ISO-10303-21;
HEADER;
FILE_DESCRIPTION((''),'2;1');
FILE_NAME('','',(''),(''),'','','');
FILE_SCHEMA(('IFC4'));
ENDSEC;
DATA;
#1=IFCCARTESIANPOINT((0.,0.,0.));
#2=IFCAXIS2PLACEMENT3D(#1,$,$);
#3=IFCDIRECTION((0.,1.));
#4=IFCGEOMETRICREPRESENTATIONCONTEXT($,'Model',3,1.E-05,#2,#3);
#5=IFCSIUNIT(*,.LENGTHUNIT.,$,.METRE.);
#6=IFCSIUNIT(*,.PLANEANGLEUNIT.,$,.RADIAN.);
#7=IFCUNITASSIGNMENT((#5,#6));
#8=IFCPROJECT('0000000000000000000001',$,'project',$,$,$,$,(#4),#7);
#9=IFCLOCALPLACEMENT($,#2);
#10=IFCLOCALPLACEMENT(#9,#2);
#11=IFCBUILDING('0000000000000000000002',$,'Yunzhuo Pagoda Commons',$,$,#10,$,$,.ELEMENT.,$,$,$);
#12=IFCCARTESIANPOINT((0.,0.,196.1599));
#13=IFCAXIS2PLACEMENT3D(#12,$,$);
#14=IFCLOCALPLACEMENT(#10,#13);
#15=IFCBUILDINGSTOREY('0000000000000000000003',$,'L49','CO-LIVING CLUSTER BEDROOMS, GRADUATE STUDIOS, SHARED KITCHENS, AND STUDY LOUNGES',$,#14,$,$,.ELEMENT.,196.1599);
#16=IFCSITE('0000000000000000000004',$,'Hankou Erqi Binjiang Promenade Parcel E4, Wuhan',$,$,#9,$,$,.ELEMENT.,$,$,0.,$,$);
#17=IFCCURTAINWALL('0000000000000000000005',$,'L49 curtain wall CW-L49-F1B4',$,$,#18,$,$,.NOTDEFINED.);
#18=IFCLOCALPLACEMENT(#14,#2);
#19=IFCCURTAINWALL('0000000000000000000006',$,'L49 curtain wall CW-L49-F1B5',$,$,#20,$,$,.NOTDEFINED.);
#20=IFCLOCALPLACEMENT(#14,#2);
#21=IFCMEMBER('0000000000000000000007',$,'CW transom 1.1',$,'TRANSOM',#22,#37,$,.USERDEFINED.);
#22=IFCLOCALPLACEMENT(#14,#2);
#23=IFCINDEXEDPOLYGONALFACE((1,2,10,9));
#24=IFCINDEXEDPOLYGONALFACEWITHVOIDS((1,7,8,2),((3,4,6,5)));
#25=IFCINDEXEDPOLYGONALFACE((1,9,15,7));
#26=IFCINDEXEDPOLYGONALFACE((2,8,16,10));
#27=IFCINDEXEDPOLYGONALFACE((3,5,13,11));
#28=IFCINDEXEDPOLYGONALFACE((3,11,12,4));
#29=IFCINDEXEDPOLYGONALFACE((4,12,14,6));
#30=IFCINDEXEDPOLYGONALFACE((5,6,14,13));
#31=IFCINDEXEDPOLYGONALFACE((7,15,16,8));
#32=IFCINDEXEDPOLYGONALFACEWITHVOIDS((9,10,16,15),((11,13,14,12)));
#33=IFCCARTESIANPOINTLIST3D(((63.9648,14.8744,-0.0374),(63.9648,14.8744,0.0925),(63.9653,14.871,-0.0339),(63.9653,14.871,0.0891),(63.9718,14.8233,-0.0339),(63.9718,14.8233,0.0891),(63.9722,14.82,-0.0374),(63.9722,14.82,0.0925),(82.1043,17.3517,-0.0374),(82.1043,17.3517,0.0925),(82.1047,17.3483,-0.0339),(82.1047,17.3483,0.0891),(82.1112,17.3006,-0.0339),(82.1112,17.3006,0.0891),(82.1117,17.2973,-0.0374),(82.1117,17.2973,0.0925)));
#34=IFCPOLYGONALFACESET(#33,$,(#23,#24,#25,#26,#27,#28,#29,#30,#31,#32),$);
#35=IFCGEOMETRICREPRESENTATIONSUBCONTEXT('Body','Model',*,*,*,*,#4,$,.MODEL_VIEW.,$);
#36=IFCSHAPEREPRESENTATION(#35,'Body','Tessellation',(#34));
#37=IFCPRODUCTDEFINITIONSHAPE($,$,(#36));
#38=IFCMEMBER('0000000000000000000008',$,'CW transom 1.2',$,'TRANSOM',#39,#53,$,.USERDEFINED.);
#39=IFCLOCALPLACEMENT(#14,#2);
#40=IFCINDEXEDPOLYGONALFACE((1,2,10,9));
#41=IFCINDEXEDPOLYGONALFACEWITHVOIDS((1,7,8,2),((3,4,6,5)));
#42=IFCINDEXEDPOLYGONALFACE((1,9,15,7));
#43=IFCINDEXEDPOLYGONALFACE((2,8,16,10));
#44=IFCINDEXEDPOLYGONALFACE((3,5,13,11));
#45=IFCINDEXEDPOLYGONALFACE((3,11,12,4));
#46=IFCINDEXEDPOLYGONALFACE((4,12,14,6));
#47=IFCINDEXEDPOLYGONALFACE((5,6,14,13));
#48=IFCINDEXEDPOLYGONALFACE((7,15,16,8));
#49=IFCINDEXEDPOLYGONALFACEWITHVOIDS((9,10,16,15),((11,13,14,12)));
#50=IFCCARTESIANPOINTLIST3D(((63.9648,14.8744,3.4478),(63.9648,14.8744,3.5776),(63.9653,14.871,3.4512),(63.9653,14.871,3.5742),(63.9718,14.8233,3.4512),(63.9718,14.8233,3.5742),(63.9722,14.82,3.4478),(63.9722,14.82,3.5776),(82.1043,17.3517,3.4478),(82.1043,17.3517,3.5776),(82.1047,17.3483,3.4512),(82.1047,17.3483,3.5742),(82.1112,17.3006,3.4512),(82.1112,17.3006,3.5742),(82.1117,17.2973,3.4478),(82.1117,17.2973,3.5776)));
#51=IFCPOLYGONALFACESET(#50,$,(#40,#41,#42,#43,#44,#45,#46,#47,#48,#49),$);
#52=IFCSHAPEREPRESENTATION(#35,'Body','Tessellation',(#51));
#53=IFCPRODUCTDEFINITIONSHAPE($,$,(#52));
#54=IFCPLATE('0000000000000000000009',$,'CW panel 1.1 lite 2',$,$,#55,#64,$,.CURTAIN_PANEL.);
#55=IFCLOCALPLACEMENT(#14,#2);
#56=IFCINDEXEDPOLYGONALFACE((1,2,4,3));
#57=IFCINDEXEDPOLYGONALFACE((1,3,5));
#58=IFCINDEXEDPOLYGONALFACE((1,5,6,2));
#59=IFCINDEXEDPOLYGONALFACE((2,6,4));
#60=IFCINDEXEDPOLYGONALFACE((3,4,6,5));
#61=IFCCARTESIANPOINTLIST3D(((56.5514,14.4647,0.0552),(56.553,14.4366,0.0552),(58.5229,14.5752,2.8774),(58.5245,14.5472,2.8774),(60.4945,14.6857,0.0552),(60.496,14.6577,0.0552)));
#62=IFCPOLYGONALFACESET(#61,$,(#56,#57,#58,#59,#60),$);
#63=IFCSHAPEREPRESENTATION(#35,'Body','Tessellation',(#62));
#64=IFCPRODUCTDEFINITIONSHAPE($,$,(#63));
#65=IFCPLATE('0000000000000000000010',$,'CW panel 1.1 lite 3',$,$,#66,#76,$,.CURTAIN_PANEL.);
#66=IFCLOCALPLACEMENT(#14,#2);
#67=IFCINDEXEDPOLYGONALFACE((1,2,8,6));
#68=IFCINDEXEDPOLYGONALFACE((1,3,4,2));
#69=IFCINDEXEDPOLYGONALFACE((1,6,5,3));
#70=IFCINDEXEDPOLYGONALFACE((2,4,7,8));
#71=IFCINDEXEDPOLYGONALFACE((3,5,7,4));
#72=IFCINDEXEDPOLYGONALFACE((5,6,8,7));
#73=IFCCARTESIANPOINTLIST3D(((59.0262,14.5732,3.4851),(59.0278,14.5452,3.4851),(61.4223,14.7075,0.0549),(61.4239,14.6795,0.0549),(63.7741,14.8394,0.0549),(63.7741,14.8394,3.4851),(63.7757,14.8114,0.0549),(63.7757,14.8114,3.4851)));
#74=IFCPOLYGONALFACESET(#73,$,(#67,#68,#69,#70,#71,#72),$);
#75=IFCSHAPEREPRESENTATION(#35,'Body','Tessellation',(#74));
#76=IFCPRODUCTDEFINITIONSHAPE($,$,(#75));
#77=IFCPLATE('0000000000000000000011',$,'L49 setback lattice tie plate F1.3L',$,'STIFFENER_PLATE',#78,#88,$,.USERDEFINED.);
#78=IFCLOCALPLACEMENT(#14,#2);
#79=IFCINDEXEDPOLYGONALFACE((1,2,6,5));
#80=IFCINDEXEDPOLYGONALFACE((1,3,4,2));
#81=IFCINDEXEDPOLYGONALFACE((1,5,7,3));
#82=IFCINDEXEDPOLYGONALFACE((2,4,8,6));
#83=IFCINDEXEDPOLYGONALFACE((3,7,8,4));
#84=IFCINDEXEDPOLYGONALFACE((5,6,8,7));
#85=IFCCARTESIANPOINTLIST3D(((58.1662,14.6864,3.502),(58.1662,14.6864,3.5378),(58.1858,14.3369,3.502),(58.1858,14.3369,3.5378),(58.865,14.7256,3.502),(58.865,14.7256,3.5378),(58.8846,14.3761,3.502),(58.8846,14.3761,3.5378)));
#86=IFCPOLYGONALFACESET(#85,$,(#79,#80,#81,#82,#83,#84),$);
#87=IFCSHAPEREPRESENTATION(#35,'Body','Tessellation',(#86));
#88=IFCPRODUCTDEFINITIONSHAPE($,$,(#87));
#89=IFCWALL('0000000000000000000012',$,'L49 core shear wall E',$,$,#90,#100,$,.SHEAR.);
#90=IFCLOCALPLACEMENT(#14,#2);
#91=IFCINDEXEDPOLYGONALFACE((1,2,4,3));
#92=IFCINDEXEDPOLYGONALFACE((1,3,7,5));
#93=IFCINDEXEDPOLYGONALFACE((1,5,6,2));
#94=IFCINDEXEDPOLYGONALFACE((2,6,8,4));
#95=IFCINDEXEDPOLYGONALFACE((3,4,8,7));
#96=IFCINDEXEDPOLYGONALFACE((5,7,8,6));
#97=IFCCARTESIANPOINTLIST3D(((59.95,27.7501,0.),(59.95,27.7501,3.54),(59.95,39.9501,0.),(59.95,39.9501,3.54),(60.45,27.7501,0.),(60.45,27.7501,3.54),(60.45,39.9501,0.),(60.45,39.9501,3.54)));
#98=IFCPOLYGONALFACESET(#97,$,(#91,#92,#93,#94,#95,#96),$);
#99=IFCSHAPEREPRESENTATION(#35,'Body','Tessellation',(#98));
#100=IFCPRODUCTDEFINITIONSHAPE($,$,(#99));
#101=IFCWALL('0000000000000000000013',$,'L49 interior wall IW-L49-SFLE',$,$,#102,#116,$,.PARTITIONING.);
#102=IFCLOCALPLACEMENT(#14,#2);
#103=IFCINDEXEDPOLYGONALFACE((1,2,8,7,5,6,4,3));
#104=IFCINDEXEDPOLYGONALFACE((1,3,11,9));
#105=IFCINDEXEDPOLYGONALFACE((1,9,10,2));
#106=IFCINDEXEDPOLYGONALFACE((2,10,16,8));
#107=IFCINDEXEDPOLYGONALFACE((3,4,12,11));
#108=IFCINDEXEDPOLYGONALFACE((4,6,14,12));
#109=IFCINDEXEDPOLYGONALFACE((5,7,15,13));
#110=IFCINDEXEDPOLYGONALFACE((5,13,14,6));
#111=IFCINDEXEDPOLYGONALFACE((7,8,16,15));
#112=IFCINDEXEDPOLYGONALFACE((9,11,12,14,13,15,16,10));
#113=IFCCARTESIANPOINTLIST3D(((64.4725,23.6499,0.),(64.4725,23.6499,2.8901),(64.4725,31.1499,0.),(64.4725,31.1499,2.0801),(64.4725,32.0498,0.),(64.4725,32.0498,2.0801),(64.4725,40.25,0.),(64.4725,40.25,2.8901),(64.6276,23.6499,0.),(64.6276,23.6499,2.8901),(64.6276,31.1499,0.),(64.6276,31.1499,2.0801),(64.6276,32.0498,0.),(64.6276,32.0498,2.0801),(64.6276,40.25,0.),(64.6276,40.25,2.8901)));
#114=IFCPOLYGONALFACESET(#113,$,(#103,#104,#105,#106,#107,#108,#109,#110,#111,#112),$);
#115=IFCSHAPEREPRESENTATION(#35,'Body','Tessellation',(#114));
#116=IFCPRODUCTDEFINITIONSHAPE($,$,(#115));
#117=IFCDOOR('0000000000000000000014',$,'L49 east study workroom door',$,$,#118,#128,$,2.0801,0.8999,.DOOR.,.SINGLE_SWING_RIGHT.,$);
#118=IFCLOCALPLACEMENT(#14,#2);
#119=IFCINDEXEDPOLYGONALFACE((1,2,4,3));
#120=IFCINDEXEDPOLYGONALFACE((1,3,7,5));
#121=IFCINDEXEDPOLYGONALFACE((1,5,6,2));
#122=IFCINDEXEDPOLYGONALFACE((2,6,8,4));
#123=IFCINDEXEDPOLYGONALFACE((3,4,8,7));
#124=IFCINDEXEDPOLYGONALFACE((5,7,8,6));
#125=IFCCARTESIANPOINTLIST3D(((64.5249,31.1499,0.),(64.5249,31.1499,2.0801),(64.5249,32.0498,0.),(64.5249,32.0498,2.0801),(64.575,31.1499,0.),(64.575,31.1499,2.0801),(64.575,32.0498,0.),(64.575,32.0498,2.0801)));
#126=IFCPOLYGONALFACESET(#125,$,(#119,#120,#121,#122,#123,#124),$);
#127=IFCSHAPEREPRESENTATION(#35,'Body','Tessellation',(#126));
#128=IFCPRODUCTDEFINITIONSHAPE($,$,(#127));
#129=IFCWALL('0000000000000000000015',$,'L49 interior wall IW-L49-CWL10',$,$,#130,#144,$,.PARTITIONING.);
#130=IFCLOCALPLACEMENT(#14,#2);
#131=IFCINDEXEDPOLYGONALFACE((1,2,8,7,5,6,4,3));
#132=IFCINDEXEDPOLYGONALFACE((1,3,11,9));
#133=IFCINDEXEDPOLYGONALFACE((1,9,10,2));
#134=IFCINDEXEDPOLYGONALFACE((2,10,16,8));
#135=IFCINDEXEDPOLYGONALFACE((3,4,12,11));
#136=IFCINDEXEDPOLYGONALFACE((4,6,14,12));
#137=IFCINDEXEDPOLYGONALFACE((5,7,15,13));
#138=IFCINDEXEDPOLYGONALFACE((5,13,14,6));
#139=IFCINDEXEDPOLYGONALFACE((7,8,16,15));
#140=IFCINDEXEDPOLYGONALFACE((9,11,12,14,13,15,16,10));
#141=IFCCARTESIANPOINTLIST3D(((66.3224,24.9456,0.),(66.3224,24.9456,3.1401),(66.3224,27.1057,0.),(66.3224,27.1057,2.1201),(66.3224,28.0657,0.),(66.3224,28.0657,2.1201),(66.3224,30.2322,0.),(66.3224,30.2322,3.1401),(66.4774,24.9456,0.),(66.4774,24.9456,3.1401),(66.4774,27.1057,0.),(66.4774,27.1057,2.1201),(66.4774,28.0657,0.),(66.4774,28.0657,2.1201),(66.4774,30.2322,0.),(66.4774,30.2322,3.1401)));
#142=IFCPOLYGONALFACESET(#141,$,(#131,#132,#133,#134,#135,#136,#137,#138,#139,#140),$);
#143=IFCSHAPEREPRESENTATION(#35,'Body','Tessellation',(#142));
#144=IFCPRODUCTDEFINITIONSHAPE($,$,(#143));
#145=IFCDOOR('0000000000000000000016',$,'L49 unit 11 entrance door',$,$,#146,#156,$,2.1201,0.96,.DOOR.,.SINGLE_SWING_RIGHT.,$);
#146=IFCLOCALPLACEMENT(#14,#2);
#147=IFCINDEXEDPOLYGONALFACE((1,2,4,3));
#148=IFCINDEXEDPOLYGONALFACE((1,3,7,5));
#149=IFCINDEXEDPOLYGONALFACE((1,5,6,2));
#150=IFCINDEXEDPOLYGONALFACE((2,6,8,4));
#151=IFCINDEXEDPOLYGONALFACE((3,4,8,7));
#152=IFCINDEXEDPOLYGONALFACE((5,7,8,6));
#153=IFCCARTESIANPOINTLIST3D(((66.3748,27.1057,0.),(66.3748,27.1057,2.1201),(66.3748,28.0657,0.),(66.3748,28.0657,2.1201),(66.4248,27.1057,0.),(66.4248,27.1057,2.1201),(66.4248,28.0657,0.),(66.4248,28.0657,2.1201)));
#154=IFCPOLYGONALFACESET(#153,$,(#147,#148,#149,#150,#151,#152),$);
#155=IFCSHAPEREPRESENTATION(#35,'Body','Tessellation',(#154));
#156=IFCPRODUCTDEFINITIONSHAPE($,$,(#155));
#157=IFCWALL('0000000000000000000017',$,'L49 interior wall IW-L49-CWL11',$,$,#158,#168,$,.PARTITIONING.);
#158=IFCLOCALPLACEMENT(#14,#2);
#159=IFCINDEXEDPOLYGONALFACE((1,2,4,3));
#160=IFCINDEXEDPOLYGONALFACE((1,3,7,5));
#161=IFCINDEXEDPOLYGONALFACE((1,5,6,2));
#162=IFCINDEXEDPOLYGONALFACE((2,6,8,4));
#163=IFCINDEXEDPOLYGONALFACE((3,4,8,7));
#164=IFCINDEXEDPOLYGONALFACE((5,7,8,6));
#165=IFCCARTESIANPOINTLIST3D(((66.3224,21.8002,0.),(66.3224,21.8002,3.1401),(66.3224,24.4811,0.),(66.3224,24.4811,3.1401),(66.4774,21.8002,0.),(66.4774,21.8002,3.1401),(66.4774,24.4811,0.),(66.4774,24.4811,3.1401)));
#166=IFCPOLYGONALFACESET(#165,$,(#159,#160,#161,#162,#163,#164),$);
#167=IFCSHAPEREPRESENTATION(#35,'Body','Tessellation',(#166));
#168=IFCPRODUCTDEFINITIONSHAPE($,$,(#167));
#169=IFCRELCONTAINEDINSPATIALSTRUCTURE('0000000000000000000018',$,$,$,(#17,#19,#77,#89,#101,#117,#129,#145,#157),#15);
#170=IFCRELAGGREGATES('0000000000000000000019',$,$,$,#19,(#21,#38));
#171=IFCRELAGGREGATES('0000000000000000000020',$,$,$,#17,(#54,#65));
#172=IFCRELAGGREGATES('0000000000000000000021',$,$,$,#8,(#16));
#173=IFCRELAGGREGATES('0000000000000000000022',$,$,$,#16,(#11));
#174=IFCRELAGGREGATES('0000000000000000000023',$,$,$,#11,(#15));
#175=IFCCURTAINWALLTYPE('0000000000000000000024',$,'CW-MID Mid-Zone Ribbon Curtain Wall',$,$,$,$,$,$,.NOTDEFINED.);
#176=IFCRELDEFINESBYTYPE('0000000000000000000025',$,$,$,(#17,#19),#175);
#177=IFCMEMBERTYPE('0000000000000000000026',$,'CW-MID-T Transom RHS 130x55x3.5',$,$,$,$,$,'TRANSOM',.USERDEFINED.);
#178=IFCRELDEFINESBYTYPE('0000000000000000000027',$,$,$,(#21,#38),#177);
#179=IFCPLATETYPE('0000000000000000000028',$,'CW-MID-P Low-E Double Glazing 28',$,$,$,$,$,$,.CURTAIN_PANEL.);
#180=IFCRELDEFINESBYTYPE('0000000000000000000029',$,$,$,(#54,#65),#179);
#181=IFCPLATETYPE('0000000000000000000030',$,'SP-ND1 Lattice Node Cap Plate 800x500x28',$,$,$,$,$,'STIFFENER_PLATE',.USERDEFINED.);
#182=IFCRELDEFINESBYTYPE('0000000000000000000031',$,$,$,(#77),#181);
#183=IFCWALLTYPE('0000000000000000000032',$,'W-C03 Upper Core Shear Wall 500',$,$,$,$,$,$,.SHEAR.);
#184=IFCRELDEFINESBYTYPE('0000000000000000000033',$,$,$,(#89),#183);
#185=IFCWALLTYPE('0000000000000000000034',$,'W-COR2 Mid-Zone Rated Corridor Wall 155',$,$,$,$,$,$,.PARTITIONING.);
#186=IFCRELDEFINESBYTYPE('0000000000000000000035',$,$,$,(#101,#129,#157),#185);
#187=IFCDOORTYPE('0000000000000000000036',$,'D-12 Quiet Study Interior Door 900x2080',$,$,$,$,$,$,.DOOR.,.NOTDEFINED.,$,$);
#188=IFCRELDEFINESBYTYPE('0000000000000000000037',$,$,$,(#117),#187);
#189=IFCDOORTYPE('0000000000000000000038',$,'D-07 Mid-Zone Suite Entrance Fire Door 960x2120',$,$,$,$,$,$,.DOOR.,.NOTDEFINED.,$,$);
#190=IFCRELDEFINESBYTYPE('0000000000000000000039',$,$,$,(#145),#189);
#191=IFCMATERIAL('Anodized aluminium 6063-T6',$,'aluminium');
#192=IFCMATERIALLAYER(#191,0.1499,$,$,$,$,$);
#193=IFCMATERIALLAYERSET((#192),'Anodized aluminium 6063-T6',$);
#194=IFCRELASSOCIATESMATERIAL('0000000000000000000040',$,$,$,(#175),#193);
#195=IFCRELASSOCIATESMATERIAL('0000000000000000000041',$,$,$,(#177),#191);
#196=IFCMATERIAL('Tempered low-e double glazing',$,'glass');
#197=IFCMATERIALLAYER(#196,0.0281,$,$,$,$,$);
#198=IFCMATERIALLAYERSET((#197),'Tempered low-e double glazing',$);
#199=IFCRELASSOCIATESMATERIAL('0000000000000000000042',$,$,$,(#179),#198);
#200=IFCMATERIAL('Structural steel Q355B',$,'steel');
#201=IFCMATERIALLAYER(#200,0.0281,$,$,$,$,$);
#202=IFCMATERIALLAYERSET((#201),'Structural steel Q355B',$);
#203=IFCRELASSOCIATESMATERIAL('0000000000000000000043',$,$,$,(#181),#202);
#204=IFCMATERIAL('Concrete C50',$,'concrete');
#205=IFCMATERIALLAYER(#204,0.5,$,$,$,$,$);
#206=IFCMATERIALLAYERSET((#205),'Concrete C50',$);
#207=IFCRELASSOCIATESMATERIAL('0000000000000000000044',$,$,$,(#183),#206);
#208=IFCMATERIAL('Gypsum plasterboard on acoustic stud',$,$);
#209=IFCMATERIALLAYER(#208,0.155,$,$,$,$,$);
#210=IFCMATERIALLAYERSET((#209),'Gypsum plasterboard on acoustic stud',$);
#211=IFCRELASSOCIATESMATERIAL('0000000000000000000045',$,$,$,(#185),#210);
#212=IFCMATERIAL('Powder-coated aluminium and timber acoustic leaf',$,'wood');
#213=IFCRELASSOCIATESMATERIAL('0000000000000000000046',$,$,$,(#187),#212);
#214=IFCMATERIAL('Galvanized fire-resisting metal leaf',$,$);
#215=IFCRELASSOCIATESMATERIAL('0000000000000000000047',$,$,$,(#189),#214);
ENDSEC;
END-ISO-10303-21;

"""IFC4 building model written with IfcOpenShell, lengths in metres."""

from ifc_helpers import new_model, si_unit, direction, frame, frame_2d, origin, origin_with_axes, origin_2d, place, context, subcontext, project, spatial, polyline, rectangle, hollow_rectangle, outline, extrude, source, transform, mapped, material, layer, layer_set, material_profile, profile_set, type_object, element, fill, aggregate, save


model = new_model("IFC4")

# Units and contexts
model_context = context("Model", 3, precision=1e-05, world=origin(), true_north=direction((0.0, 1.0)))
body_context = subcontext(model_context, "Body", "Model", "MODEL_VIEW")
ifc_project = project(units=[si_unit("LENGTHUNIT", "METRE"), si_unit("PLANEANGLEUNIT", "RADIAN")], contexts=[model_context])

# Site, building, storey
site_placement = place(None, origin())
site = spatial("IfcSite", under=ifc_project, at=site_placement, Name="Hankou Erqi Binjiang Promenade Parcel E4, Wuhan", CompositionType="ELEMENT", RefElevation=0.0)
building_placement = place(site_placement, origin())
building = spatial("IfcBuilding", under=site, at=building_placement, Name="Yunzhuo Pagoda Commons", CompositionType="ELEMENT")
storey_placement = place(building_placement, frame((0.0, 0.0, 196.1599)))
storey = spatial("IfcBuildingStorey", under=building, at=storey_placement, Name="L49", Description="CO-LIVING CLUSTER BEDROOMS, GRADUATE STUDIOS, SHARED KITCHENS, AND STUDY LOUNGES", CompositionType="ELEMENT", Elevation=196.1599)

# Shared definitions
ifc_material_1 = material(Name="Structural steel Q355B", Category="steel")

# Curtain wall
ifc_material_2 = material(Name="Anodized aluminium 6063-T6", Category="aluminium")
ifc_layer_1 = layer(ifc_material_2, 0.1499)
ifc_layer_set_1 = layer_set([ifc_layer_1], Name="Anodized aluminium 6063-T6")
curtain_wall_type = type_object("IfcCurtainWallType", Name="CW-MID Mid-Zone Ribbon Curtain Wall", PredefinedType="NOTDEFINED", material=ifc_layer_set_1)
curtain_wall_1_placement = place(storey_placement, origin())
curtain_wall_1 = element("IfcCurtainWall", 1, at=curtain_wall_1_placement, inside=storey, type_object=curtain_wall_type, Name="L49 curtain wall CW-L49-F1B4", PredefinedType="NOTDEFINED")

# Curtain wall, members
curtain_wall_2_placement = place(storey_placement, origin())
curtain_wall_2 = element("IfcCurtainWall", 2, at=curtain_wall_2_placement, inside=storey, type_object=curtain_wall_type, Name="L49 curtain wall CW-L49-F1B5", PredefinedType="NOTDEFINED")
ifc_material_profile_1 = material_profile(ifc_material_2, hollow_rectangle(XDim=0.0549, YDim=0.1299, WallThickness=0.0034, at=origin_2d()), Name="Anodized aluminium 6063-T6")
ifc_profile_set_1 = profile_set([ifc_material_profile_1], Name="Anodized aluminium 6063-T6")
member_type_1 = type_object("IfcMemberType", Name="CW-MID-T Transom RHS 130x55x3.5", ElementType="TRANSOM", PredefinedType="USERDEFINED", material=ifc_profile_set_1)
shared_shape_1 = source(origin(), body_context, "Body", "SweptSolid", [
    extrude(hollow_rectangle(XDim=0.0549, YDim=0.1299, WallThickness=0.0034, at=origin_2d()), origin(), (0.0, 0.0, 1.0), 18.3079),
])
member_1_placement = place(storey_placement, frame((63.9685, 14.8472, 0.0276), z_axis=(0.990803, 0.135314, 0.0), x_axis=(-0.135314, 0.990803, 0.0)))
member_1 = element("IfcMember", 3, at=member_1_placement, type_object=member_type_1, Name="CW transom 1.1", ObjectType="TRANSOM", PredefinedType="USERDEFINED", context=body_context, shape_type="MappedRepresentation", body=[
    mapped(shared_shape_1, transform((0.0, 0.0, 0.0), scale=1.0)),
])
member_2_placement = place(storey_placement, frame((63.9685, 14.8472, 3.5127), z_axis=(0.990803, 0.135314, 0.0), x_axis=(-0.135314, 0.990803, 0.0)))
member_2 = element("IfcMember", 4, at=member_2_placement, type_object=member_type_1, Name="CW transom 1.2", ObjectType="TRANSOM", PredefinedType="USERDEFINED", context=body_context, shape_type="MappedRepresentation", body=[
    mapped(shared_shape_1, transform((0.0, 0.0, 0.0), scale=1.0)),
])
aggregate(curtain_wall_2, [member_1, member_2])

# Plates
ifc_material_3 = material(Name="Tempered low-e double glazing", Category="glass")
ifc_layer_2 = layer(ifc_material_3, 0.0281)
ifc_layer_set_2 = layer_set([ifc_layer_2], Name="Tempered low-e double glazing")
plate_type_1 = type_object("IfcPlateType", Name="CW-MID-P Low-E Double Glazing 28", PredefinedType="CURTAIN_PANEL", material=ifc_layer_set_2)
plate_1_placement = place(storey_placement, frame((58.5229, 14.5752, 1.4663), z_axis=(0.055983, -0.998432, 0.0), x_axis=(0.998432, 0.055983, 0.0)))
plate_1 = element("IfcPlate", 5, at=plate_1_placement, type_object=plate_type_1, Name="CW panel 1.1 lite 2", PredefinedType="CURTAIN_PANEL", context=body_context, shape_type="SweptSolid", body=[
    extrude(outline(polyline([(-1.9746, -1.4111), (1.9746, -1.4111), (0.0, 1.4111), (-1.9746, -1.4111)])), origin(), (0.0, 0.0, 1.0), 0.0281),
])
plate_2_placement = place(storey_placement, frame((61.4001, 14.7063, 1.77), z_axis=(0.055983, -0.998432, 0.0), x_axis=(0.998432, 0.055983, 0.0)))
plate_2 = element("IfcPlate", 6, at=plate_2_placement, type_object=plate_type_1, Name="CW panel 1.1 lite 3", PredefinedType="CURTAIN_PANEL", context=body_context, shape_type="SweptSolid", body=[
    extrude(outline(polyline([(-2.3777, 1.7151), (0.0222, -1.7151), (2.3777, -1.7151), (2.3777, 1.7151), (-2.3777, 1.7151)])), origin(), (0.0, 0.0, 1.0), 0.0281),
])
aggregate(curtain_wall_1, [plate_1, plate_2])
ifc_layer_3 = layer(ifc_material_1, 0.0281)
ifc_layer_set_3 = layer_set([ifc_layer_3], Name="Structural steel Q355B")
plate_type_2 = type_object("IfcPlateType", Name="SP-ND1 Lattice Node Cap Plate 800x500x28", ElementType="STIFFENER_PLATE", PredefinedType="USERDEFINED", material=ifc_layer_set_3)
shared_shape_2 = source(origin(), body_context, "Body", "SweptSolid", [
    extrude(rectangle(XDim=0.7, YDim=0.3501, at=origin_2d()), origin(), (0.0, 0.0, 1.0), 0.0359),
])
plate_3_placement = place(storey_placement, frame((58.5254, 14.5312, 3.502), z_axis=(0.0, 0.0, 1.0), x_axis=(0.998432, 0.055978, 0.0)))
element("IfcPlate", 7, at=plate_3_placement, inside=storey, type_object=plate_type_2, Name="L49 setback lattice tie plate F1.3L", ObjectType="STIFFENER_PLATE", PredefinedType="USERDEFINED", context=body_context, shape_type="MappedRepresentation", body=[
    mapped(shared_shape_2, transform((0.0, 0.0, 0.0), scale=1.0)),
])

# Wall
ifc_material_4 = material(Name="Concrete C50", Category="concrete")
ifc_layer_4 = layer(ifc_material_4, 0.5)
ifc_layer_set_4 = layer_set([ifc_layer_4], Name="Concrete C50")
wall_type_1 = type_object("IfcWallType", Name="W-C03 Upper Core Shear Wall 500", PredefinedType="SHEAR", material=ifc_layer_set_4)
wall_1_placement = place(storey_placement, frame((60.2, 27.75, 0.0), z_axis=(0.0, 0.0, 1.0), x_axis=(0.0, 1.0, 0.0)))
element("IfcWall", 8, at=wall_1_placement, inside=storey, type_object=wall_type_1, Name="L49 core shear wall E", PredefinedType="SHEAR", context=body_context, shape_type="SweptSolid", body=[
    extrude(rectangle(XDim=12.2, YDim=0.5, at=frame_2d((6.1001, 0.0))), origin(), (0.0, 0.0, 1.0), 3.54),
])

# Walls, openings, doors
ifc_material_5 = material(Name="Gypsum plasterboard on acoustic stud")
ifc_layer_5 = layer(ifc_material_5, 0.155)
ifc_layer_set_5 = layer_set([ifc_layer_5], Name="Gypsum plasterboard on acoustic stud")
wall_type_2 = type_object("IfcWallType", Name="W-COR2 Mid-Zone Rated Corridor Wall 155", PredefinedType="PARTITIONING", material=ifc_layer_set_5)
wall_2_placement = place(storey_placement, frame((64.55, 23.6499, 0.0), z_axis=(0.0, 0.0, 1.0), x_axis=(0.0, 1.0, 0.0)))
wall_2 = element("IfcWall", 9, at=wall_2_placement, inside=storey, type_object=wall_type_2, Name="L49 interior wall IW-L49-SFLE", PredefinedType="PARTITIONING", context=body_context, shape_type="SweptSolid", body=[
    extrude(rectangle(XDim=16.6001, YDim=0.155, at=frame_2d((8.3, 0.0))), origin(), (0.0, 0.0, 1.0), 2.8901),
])
opening_1_placement = place(wall_2_placement, frame((7.5, 0.0, 0.0)))
opening_1 = element("IfcOpeningElement", 10, at=opening_1_placement, cuts=wall_2, PredefinedType="OPENING", context=body_context, shape_type="SweptSolid", body=[
    extrude(rectangle(XDim=0.8999, YDim=2.0801, at=frame_2d((0.45, 1.04))), frame((0.0, 0.0874, 0.0), z_axis=(0.0, -1.0, 0.0), x_axis=(1.0, 0.0, 0.0)), (0.0, 0.0, 1.0), 0.175),
])
ifc_material_6 = material(Name="Powder-coated aluminium and timber acoustic leaf", Category="wood")
door_type_1 = type_object("IfcDoorType", Name="D-12 Quiet Study Interior Door 900x2080", OperationType="NOTDEFINED", PredefinedType="DOOR", material=ifc_material_6)
shared_shape_3 = source(origin(), body_context, "Body", "SweptSolid", [
    extrude(rectangle(XDim=0.8999, YDim=2.0801, at=frame_2d((0.45, 1.04))), frame((0.0, 0.0249, 0.0), z_axis=(0.0, -1.0, 0.0), x_axis=(1.0, 0.0, 0.0)), (0.0, 0.0, 1.0), 0.05),
])
door_1_placement = place(opening_1_placement, frame((0.8999, 0.0, 0.0), z_axis=(0.0, 0.0, 1.0), x_axis=(-1.0, 0.0, 0.0)))
door_1 = element("IfcDoor", 11, at=door_1_placement, inside=storey, type_object=door_type_1, Name="L49 east study workroom door", OperationType="SINGLE_SWING_RIGHT", OverallHeight=2.0801, OverallWidth=0.8999, PredefinedType="DOOR", context=body_context, shape_type="MappedRepresentation", body=[
    mapped(shared_shape_3, transform((0.0, 0.0, 0.0), scale=1.0)),
])
fill(opening_1, door_1)
wall_3_placement = place(storey_placement, frame((66.3999, 30.2322, 0.0), z_axis=(0.0, 0.0, 1.0), x_axis=(0.0, -1.0, 0.0)))
wall_3 = element("IfcWall", 12, at=wall_3_placement, inside=storey, type_object=wall_type_2, Name="L49 interior wall IW-L49-CWL10", PredefinedType="PARTITIONING", context=body_context, shape_type="SweptSolid", body=[
    extrude(rectangle(XDim=5.2866, YDim=0.155, at=frame_2d((2.6433, 0.0))), origin(), (0.0, 0.0, 1.0), 3.1401),
])
opening_2_placement = place(wall_3_placement, frame((2.1665, 0.0, 0.0)))
opening_2 = element("IfcOpeningElement", 13, at=opening_2_placement, cuts=wall_3, PredefinedType="OPENING", context=body_context, shape_type="SweptSolid", body=[
    extrude(rectangle(XDim=0.96, YDim=2.1201, at=frame_2d((0.48, 1.0601))), frame((0.0, 0.0874, 0.0), z_axis=(0.0, -1.0, 0.0), x_axis=(1.0, 0.0, 0.0)), (0.0, 0.0, 1.0), 0.175),
])
ifc_material_7 = material(Name="Galvanized fire-resisting metal leaf")
door_type_2 = type_object("IfcDoorType", Name="D-07 Mid-Zone Suite Entrance Fire Door 960x2120", OperationType="NOTDEFINED", PredefinedType="DOOR", material=ifc_material_7)
shared_shape_4 = source(origin(), body_context, "Body", "SweptSolid", [
    extrude(rectangle(XDim=0.96, YDim=2.1201, at=frame_2d((0.48, 1.0601))), frame((0.0, 0.0249, 0.0), z_axis=(0.0, -1.0, 0.0), x_axis=(1.0, 0.0, 0.0)), (0.0, 0.0, 1.0), 0.05),
])
door_2_placement = place(opening_2_placement, origin_with_axes())
door_2 = element("IfcDoor", 14, at=door_2_placement, inside=storey, type_object=door_type_2, Name="L49 unit 11 entrance door", OperationType="SINGLE_SWING_RIGHT", OverallHeight=2.1201, OverallWidth=0.96, PredefinedType="DOOR", context=body_context, shape_type="MappedRepresentation", body=[
    mapped(shared_shape_4, transform((0.0, 0.0, 0.0), scale=1.0)),
])
fill(opening_2, door_2)

# Wall
wall_4_placement = place(storey_placement, frame((66.3999, 24.481, 0.0), z_axis=(0.0, 0.0, 1.0), x_axis=(0.0, -1.0, 0.0)))
element("IfcWall", 15, at=wall_4_placement, inside=storey, type_object=wall_type_2, Name="L49 interior wall IW-L49-CWL11", PredefinedType="PARTITIONING", context=body_context, shape_type="SweptSolid", body=[
    extrude(rectangle(XDim=2.6809, YDim=0.155, at=frame_2d((1.3403, 0.0))), origin(), (0.0, 0.0, 1.0), 3.1401),
])

save(model, "model.ifc")
